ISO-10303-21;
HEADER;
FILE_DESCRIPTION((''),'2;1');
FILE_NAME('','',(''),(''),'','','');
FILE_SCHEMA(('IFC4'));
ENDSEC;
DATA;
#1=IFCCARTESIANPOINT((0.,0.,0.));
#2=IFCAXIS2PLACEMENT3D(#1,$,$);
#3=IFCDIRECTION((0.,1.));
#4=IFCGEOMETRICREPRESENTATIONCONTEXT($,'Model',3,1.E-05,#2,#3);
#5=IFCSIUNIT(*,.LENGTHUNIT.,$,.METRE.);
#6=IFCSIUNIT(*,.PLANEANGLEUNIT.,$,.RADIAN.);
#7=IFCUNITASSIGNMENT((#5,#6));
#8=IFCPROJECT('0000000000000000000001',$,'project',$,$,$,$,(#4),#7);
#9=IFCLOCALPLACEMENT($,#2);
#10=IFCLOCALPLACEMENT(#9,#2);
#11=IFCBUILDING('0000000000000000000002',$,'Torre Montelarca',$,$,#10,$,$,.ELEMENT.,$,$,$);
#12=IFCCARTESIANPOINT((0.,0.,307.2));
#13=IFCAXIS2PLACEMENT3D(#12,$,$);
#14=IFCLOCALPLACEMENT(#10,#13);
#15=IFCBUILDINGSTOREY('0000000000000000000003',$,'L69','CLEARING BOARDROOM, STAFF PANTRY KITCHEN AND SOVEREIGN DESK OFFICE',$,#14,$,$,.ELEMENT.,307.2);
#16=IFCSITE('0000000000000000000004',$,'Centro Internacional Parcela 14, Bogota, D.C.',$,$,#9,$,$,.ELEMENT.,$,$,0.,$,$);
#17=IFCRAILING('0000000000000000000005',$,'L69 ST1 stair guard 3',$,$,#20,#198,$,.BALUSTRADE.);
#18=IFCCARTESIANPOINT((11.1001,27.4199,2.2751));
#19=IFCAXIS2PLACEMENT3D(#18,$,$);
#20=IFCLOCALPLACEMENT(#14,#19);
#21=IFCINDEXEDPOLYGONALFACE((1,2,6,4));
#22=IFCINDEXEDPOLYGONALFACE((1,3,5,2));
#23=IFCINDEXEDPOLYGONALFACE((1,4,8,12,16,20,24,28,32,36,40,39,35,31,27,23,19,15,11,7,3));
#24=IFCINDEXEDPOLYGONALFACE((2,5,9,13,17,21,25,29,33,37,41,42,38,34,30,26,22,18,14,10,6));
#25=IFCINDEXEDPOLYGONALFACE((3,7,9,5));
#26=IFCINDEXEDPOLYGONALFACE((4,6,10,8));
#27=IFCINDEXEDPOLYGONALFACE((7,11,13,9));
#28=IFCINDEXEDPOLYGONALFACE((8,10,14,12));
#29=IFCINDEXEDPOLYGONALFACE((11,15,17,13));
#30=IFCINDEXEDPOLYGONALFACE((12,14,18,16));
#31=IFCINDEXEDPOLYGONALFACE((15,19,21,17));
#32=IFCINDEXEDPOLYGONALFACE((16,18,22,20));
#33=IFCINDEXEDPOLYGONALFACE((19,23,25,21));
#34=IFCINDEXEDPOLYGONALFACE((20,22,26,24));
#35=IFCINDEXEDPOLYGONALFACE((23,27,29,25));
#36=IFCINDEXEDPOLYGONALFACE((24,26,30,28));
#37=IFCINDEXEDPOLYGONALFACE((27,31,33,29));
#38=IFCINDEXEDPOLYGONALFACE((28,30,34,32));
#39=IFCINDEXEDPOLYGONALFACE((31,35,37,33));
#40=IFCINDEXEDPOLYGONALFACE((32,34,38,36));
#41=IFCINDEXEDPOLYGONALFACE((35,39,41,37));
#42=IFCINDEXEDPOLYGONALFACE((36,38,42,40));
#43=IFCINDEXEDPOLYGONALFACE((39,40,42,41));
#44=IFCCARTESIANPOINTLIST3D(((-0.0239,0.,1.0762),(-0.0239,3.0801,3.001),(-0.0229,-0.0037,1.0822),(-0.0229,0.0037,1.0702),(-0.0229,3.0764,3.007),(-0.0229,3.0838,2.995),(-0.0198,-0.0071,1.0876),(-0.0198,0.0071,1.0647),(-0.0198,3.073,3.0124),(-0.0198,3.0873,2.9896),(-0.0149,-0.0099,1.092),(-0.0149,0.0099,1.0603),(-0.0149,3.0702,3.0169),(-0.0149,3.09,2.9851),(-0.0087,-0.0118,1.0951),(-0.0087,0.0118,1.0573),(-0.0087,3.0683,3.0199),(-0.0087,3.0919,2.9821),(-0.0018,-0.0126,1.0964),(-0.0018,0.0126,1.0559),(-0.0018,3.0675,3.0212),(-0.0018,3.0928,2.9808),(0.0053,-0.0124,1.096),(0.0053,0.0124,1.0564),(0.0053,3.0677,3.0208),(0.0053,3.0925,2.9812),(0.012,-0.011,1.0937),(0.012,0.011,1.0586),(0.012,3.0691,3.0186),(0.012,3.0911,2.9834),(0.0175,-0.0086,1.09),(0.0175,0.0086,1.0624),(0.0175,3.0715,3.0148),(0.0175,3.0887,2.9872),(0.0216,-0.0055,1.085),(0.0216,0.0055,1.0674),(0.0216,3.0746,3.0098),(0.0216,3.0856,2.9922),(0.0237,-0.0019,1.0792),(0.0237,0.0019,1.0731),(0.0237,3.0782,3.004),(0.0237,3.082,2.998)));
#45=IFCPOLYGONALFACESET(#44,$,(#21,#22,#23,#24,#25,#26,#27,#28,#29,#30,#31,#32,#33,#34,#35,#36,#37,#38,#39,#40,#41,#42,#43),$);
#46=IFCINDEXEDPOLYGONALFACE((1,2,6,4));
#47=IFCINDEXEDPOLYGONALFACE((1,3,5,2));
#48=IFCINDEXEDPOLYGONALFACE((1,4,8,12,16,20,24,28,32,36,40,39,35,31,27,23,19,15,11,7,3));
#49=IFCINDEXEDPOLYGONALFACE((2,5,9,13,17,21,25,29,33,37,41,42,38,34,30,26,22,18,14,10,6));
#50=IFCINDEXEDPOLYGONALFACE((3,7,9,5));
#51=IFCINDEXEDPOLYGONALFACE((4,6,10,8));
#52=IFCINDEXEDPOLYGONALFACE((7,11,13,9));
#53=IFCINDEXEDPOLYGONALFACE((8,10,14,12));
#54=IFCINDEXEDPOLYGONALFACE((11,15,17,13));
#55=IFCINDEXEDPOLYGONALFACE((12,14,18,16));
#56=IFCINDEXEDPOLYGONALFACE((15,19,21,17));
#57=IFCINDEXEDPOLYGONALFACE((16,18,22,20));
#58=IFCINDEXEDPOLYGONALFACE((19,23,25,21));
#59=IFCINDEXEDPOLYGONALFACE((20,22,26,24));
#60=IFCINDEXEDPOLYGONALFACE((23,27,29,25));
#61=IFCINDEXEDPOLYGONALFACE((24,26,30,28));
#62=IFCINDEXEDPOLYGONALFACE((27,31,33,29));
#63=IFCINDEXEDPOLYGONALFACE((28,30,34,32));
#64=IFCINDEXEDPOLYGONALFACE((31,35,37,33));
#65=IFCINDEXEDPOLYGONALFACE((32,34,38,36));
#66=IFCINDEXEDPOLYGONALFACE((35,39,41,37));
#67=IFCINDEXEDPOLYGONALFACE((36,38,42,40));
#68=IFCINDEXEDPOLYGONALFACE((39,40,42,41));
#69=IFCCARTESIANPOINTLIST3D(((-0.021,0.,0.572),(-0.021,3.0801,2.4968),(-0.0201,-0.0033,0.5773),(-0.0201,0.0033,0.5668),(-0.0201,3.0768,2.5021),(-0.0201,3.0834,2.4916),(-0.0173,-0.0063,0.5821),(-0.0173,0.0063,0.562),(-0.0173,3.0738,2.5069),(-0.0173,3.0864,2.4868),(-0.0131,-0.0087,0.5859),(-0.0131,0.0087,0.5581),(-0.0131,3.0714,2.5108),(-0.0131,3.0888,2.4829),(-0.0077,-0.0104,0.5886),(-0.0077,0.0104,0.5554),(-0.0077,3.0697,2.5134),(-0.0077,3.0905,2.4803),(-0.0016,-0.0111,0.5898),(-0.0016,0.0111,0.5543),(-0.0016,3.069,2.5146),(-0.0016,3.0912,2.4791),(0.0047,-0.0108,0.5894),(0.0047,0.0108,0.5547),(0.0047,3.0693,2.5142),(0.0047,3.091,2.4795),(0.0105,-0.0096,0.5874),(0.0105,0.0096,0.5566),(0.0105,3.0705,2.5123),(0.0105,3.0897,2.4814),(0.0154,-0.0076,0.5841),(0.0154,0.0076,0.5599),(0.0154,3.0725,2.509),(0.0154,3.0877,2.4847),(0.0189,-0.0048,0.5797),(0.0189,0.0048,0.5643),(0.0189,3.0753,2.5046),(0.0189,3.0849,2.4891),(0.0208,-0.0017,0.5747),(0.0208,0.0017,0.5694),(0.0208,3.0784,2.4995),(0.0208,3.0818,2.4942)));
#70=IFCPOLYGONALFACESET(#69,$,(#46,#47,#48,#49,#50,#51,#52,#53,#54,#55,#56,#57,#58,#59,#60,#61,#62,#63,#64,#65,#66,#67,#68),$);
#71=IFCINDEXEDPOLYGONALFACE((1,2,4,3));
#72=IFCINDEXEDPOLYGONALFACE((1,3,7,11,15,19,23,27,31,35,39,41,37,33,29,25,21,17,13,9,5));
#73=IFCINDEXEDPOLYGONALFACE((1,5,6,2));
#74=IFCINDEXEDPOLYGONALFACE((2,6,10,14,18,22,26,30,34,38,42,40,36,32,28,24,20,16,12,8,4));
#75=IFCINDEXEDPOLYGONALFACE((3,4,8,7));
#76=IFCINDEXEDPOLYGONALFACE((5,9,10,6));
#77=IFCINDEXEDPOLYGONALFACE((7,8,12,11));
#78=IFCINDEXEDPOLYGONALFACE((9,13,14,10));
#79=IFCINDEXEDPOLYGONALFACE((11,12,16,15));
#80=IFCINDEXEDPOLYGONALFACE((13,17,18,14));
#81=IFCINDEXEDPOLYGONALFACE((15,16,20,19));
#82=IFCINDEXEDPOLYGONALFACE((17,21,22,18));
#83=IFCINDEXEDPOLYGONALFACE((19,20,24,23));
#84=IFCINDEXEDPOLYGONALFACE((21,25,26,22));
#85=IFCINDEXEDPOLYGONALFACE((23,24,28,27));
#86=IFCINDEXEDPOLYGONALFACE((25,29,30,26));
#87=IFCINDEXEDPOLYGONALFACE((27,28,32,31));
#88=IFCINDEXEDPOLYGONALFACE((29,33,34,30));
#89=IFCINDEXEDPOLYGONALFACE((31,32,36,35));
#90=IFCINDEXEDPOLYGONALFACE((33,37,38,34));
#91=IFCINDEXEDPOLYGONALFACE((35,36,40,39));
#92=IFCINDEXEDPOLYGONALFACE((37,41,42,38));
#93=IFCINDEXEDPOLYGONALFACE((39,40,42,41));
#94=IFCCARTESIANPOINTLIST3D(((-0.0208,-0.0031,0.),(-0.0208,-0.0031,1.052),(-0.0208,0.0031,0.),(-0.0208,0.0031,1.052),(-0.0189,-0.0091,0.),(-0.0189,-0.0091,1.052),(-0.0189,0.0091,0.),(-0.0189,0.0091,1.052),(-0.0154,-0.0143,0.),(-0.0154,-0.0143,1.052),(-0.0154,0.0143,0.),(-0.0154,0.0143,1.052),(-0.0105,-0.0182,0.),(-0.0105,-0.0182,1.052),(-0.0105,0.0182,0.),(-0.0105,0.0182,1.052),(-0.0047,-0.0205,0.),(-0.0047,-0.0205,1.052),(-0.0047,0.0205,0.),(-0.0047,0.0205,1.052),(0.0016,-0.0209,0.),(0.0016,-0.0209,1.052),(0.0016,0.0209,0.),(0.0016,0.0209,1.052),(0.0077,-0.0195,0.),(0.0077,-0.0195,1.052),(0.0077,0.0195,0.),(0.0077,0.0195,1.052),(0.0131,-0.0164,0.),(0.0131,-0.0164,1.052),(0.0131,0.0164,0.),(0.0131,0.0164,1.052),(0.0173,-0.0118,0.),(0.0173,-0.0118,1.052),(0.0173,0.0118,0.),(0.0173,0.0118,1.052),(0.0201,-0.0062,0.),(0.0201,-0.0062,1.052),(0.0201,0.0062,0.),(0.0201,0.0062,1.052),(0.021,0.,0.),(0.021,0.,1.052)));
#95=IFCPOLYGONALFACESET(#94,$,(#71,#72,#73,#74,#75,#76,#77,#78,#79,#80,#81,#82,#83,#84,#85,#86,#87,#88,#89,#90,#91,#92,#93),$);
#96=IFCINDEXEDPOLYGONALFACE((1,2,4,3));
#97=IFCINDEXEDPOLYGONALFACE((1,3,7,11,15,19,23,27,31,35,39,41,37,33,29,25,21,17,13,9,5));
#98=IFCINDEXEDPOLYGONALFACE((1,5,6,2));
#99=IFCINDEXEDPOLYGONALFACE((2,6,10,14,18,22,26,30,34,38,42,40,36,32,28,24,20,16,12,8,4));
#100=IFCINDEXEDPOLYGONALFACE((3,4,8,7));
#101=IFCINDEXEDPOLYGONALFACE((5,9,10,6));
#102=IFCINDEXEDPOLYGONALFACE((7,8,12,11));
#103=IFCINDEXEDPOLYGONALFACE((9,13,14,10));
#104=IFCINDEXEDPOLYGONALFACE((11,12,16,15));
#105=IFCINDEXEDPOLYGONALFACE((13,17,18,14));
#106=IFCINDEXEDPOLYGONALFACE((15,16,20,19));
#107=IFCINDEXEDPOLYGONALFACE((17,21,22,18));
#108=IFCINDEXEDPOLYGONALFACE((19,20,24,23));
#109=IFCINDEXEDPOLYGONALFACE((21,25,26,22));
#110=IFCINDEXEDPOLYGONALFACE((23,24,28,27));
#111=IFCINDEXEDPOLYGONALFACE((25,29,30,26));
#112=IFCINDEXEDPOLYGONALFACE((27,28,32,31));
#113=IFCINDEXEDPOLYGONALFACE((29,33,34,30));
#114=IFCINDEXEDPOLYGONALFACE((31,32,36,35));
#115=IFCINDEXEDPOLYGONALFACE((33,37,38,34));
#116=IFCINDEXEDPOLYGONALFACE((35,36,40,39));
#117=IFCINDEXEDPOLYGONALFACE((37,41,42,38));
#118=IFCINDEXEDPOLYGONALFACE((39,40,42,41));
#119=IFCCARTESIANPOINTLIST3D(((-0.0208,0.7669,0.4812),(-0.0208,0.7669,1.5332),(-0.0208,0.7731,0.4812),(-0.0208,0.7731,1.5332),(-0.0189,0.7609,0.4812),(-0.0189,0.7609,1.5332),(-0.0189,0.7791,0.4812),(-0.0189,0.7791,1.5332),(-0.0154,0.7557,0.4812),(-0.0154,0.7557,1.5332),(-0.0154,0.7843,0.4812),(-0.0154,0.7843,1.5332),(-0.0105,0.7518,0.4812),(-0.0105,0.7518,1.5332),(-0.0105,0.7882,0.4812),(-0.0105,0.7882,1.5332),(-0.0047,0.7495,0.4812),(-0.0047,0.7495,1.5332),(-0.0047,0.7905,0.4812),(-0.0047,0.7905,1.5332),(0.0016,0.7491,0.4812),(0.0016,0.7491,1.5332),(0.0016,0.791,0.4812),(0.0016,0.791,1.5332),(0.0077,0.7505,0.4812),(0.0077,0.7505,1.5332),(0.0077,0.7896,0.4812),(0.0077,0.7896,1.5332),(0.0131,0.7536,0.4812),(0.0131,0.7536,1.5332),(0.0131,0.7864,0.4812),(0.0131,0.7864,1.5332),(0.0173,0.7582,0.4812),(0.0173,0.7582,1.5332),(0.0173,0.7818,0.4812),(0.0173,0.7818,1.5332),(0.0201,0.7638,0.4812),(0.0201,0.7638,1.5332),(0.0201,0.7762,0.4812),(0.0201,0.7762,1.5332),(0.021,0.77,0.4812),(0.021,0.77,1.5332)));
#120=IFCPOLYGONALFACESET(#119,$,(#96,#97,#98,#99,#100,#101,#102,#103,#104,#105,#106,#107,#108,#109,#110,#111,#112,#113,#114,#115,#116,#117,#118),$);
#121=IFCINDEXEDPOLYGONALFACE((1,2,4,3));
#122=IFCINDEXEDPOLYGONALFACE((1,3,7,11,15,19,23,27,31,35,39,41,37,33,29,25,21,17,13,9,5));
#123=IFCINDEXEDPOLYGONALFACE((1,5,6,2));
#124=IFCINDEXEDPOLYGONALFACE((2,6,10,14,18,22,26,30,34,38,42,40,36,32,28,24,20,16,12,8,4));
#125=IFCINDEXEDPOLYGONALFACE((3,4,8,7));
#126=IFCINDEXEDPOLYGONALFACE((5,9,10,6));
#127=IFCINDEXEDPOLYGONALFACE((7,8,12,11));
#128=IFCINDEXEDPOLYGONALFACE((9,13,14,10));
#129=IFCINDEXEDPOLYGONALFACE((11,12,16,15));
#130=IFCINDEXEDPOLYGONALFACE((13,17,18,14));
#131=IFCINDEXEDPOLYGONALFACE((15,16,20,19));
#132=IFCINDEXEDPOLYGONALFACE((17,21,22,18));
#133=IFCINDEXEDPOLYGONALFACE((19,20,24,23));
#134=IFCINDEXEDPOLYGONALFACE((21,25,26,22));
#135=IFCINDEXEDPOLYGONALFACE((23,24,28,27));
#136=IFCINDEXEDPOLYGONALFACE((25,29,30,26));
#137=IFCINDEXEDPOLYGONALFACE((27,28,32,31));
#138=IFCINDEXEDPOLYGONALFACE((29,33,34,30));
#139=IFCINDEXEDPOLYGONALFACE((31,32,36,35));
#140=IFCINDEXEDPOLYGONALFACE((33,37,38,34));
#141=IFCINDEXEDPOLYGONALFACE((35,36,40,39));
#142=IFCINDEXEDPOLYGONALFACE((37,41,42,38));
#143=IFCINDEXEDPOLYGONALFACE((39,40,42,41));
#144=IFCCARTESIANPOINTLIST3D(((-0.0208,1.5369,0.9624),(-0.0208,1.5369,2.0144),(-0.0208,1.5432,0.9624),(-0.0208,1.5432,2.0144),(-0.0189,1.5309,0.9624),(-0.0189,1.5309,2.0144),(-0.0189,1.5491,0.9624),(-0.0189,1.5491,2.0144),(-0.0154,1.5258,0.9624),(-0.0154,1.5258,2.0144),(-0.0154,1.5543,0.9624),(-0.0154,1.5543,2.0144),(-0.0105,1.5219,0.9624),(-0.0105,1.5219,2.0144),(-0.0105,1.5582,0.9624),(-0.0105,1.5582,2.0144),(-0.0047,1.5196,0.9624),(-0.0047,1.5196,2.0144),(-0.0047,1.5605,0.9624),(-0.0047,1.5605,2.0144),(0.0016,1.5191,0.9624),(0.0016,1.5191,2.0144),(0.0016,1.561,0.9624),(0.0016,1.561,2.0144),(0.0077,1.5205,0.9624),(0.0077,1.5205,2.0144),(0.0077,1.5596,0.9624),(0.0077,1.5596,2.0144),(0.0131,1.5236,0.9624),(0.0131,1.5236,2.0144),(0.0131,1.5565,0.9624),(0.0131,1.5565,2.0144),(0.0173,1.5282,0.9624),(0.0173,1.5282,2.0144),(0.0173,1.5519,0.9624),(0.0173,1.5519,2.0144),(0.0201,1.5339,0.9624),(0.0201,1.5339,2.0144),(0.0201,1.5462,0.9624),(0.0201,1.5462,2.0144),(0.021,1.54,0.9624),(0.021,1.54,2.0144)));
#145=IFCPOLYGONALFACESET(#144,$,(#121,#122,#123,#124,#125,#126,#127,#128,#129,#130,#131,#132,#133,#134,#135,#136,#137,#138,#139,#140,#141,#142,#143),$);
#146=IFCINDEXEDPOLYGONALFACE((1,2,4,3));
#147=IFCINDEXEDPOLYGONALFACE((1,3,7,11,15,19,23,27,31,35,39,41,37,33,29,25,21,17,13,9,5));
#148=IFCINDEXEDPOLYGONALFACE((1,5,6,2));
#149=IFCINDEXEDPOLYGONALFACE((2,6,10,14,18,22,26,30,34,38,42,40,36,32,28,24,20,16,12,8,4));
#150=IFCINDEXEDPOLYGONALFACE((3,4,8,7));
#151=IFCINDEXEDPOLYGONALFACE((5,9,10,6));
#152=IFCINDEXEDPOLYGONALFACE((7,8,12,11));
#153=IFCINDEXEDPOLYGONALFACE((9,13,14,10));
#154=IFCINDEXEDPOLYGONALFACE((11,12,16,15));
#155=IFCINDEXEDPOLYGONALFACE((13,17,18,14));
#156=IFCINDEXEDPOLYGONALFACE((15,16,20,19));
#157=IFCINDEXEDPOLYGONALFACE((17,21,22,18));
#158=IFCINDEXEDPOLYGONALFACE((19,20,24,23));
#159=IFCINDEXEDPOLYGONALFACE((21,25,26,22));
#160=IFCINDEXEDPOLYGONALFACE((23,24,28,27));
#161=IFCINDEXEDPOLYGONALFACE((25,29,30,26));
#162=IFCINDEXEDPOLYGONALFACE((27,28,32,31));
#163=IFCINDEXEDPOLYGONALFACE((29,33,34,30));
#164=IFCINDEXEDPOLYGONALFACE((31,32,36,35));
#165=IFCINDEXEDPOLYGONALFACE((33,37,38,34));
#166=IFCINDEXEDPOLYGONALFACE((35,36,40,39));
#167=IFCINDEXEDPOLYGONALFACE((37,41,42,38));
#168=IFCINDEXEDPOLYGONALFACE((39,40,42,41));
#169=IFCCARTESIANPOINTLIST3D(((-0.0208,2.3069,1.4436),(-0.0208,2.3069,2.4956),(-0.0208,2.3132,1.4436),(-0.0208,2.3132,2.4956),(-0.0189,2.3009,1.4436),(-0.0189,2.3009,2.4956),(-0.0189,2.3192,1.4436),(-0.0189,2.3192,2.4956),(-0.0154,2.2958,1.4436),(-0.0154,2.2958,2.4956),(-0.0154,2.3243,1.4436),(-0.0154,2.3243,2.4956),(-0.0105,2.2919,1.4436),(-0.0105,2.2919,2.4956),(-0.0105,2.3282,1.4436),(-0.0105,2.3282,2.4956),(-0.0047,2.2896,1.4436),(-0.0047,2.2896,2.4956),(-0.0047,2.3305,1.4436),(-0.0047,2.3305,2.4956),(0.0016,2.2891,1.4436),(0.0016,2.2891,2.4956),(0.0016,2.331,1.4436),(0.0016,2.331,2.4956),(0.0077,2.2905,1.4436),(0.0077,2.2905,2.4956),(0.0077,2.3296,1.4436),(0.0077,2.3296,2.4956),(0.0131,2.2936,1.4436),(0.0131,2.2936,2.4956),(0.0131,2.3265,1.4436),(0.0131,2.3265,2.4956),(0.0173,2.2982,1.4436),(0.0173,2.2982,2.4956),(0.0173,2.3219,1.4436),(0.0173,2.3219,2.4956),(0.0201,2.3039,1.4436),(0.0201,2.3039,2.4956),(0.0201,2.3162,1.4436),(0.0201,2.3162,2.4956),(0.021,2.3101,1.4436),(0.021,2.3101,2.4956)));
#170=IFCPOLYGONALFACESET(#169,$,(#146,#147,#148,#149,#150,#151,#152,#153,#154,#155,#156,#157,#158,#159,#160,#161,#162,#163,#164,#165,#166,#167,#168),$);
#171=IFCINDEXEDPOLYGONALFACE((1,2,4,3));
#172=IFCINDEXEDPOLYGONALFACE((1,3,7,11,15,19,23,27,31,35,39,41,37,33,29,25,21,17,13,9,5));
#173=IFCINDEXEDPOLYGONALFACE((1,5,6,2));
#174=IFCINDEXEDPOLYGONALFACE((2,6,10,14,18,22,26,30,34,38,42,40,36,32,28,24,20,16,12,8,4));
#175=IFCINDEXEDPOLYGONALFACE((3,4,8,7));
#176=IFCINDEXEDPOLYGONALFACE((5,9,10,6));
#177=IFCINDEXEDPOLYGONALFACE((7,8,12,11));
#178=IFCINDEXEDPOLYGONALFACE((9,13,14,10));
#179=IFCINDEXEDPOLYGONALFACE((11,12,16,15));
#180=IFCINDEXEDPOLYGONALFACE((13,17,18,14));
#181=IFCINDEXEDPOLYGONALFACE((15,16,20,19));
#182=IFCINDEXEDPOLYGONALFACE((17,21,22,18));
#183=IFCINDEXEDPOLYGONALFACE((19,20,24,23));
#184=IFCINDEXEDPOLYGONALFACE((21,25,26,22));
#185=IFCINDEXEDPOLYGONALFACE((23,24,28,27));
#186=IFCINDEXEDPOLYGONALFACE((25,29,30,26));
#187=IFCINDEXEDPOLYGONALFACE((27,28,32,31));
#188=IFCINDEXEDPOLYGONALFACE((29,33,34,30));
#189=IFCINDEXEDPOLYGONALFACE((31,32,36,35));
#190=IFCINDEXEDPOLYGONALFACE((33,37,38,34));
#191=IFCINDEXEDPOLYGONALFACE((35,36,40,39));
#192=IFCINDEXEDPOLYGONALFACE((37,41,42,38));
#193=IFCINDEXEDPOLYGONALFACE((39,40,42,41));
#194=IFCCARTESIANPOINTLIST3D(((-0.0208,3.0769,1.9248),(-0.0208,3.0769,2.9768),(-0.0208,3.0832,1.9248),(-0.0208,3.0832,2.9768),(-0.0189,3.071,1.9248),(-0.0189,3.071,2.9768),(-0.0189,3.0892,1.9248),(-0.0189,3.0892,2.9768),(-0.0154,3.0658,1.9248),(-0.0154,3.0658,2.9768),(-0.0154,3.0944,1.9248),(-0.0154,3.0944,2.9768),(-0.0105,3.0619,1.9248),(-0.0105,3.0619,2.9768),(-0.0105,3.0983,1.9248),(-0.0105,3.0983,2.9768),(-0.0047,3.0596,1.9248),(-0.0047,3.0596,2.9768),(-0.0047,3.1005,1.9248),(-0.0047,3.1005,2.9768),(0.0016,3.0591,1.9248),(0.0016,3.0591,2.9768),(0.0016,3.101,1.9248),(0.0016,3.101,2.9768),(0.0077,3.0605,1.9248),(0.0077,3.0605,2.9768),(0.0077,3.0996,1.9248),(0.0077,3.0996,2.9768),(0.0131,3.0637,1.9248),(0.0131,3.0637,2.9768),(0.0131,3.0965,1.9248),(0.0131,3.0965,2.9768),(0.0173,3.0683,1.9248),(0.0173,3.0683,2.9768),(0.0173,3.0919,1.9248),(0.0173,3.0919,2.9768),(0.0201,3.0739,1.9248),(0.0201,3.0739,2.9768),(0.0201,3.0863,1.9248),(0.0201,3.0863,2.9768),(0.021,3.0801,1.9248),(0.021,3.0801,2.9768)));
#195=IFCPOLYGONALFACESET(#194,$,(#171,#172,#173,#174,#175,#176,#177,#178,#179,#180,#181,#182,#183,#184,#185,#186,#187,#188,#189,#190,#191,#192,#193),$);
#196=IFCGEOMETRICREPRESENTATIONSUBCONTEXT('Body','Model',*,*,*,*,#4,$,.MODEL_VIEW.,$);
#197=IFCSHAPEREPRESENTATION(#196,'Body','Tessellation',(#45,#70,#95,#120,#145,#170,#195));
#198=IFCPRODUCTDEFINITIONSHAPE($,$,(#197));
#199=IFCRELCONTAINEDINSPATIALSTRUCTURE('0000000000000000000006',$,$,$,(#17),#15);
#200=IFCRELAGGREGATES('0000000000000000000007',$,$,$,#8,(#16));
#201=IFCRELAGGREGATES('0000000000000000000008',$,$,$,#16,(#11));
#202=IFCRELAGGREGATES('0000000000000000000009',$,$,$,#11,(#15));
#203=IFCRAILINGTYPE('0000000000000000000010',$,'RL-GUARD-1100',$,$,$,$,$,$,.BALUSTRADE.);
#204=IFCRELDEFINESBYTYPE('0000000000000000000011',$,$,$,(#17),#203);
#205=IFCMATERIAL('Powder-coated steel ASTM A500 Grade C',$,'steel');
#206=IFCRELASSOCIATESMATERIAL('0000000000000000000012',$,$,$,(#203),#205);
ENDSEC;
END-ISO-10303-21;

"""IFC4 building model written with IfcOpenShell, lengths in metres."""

from ifc_helpers import new_model, si_unit, direction, frame, origin, origin_2d, place, context, subcontext, project, spatial, circle, extrude, material, type_object, element, save


model = new_model("IFC4")

# Units and contexts
model_context = context("Model", 3, precision=1e-05, world=origin(), true_north=direction((0.0, 1.0)))
body_context = subcontext(model_context, "Body", "Model", "MODEL_VIEW")
ifc_project = project(units=[si_unit("LENGTHUNIT", "METRE"), si_unit("PLANEANGLEUNIT", "RADIAN")], contexts=[model_context])

# Site, building, storey
site_placement = place(None, origin())
site = spatial("IfcSite", under=ifc_project, at=site_placement, Name="Centro Internacional Parcela 14, Bogota, D.C.", CompositionType="ELEMENT", RefElevation=0.0)
building_placement = place(site_placement, origin())
building = spatial("IfcBuilding", under=site, at=building_placement, Name="Torre Montelarca", CompositionType="ELEMENT")
storey_placement = place(building_placement, frame((0.0, 0.0, 307.2)))
storey = spatial("IfcBuildingStorey", under=building, at=storey_placement, Name="L69", Description="CLEARING BOARDROOM, STAFF PANTRY KITCHEN AND SOVEREIGN DESK OFFICE", CompositionType="ELEMENT", Elevation=307.2)

# Railing
ifc_material_1 = material(Name="Powder-coated steel ASTM A500 Grade C", Category="steel")
railing_type_1 = type_object("IfcRailingType", Name="RL-GUARD-1100", PredefinedType="BALUSTRADE", material=ifc_material_1)
railing_1_placement = place(storey_placement, frame((11.1001, 27.4199, 2.2751)))
element("IfcRailing", 1, at=railing_1_placement, inside=storey, type_object=railing_type_1, Name="L69 ST1 stair guard 3", PredefinedType="BALUSTRADE", context=body_context, shape_type="SweptSolid", body=[
    extrude(circle(Radius=0.0239, at=origin_2d()), frame((0.0, 0.0, 1.0762), z_axis=(0.0, 0.848029, 0.529951), x_axis=(-1.0, 0.0, 0.0)), (0.0, 0.0, 1.0), 3.6321),
    extrude(circle(Radius=0.021, at=origin_2d()), frame((0.0, 0.0, 0.572), z_axis=(0.0, 0.848029, 0.529951), x_axis=(-1.0, 0.0, 0.0)), (0.0, 0.0, 1.0), 3.6321),
    extrude(circle(Radius=0.021, at=origin_2d()), origin(), (0.0, 0.0, 1.0), 1.052),
    extrude(circle(Radius=0.021, at=origin_2d()), frame((0.0, 0.77, 0.4812)), (0.0, 0.0, 1.0), 1.052),
    extrude(circle(Radius=0.021, at=origin_2d()), frame((0.0, 1.54, 0.9624)), (0.0, 0.0, 1.0), 1.052),
    extrude(circle(Radius=0.021, at=origin_2d()), frame((0.0, 2.3101, 1.4436)), (0.0, 0.0, 1.0), 1.052),
    extrude(circle(Radius=0.021, at=origin_2d()), frame((0.0, 3.0801, 1.9248)), (0.0, 0.0, 1.0), 1.052),
])

save(model, "model.ifc")
